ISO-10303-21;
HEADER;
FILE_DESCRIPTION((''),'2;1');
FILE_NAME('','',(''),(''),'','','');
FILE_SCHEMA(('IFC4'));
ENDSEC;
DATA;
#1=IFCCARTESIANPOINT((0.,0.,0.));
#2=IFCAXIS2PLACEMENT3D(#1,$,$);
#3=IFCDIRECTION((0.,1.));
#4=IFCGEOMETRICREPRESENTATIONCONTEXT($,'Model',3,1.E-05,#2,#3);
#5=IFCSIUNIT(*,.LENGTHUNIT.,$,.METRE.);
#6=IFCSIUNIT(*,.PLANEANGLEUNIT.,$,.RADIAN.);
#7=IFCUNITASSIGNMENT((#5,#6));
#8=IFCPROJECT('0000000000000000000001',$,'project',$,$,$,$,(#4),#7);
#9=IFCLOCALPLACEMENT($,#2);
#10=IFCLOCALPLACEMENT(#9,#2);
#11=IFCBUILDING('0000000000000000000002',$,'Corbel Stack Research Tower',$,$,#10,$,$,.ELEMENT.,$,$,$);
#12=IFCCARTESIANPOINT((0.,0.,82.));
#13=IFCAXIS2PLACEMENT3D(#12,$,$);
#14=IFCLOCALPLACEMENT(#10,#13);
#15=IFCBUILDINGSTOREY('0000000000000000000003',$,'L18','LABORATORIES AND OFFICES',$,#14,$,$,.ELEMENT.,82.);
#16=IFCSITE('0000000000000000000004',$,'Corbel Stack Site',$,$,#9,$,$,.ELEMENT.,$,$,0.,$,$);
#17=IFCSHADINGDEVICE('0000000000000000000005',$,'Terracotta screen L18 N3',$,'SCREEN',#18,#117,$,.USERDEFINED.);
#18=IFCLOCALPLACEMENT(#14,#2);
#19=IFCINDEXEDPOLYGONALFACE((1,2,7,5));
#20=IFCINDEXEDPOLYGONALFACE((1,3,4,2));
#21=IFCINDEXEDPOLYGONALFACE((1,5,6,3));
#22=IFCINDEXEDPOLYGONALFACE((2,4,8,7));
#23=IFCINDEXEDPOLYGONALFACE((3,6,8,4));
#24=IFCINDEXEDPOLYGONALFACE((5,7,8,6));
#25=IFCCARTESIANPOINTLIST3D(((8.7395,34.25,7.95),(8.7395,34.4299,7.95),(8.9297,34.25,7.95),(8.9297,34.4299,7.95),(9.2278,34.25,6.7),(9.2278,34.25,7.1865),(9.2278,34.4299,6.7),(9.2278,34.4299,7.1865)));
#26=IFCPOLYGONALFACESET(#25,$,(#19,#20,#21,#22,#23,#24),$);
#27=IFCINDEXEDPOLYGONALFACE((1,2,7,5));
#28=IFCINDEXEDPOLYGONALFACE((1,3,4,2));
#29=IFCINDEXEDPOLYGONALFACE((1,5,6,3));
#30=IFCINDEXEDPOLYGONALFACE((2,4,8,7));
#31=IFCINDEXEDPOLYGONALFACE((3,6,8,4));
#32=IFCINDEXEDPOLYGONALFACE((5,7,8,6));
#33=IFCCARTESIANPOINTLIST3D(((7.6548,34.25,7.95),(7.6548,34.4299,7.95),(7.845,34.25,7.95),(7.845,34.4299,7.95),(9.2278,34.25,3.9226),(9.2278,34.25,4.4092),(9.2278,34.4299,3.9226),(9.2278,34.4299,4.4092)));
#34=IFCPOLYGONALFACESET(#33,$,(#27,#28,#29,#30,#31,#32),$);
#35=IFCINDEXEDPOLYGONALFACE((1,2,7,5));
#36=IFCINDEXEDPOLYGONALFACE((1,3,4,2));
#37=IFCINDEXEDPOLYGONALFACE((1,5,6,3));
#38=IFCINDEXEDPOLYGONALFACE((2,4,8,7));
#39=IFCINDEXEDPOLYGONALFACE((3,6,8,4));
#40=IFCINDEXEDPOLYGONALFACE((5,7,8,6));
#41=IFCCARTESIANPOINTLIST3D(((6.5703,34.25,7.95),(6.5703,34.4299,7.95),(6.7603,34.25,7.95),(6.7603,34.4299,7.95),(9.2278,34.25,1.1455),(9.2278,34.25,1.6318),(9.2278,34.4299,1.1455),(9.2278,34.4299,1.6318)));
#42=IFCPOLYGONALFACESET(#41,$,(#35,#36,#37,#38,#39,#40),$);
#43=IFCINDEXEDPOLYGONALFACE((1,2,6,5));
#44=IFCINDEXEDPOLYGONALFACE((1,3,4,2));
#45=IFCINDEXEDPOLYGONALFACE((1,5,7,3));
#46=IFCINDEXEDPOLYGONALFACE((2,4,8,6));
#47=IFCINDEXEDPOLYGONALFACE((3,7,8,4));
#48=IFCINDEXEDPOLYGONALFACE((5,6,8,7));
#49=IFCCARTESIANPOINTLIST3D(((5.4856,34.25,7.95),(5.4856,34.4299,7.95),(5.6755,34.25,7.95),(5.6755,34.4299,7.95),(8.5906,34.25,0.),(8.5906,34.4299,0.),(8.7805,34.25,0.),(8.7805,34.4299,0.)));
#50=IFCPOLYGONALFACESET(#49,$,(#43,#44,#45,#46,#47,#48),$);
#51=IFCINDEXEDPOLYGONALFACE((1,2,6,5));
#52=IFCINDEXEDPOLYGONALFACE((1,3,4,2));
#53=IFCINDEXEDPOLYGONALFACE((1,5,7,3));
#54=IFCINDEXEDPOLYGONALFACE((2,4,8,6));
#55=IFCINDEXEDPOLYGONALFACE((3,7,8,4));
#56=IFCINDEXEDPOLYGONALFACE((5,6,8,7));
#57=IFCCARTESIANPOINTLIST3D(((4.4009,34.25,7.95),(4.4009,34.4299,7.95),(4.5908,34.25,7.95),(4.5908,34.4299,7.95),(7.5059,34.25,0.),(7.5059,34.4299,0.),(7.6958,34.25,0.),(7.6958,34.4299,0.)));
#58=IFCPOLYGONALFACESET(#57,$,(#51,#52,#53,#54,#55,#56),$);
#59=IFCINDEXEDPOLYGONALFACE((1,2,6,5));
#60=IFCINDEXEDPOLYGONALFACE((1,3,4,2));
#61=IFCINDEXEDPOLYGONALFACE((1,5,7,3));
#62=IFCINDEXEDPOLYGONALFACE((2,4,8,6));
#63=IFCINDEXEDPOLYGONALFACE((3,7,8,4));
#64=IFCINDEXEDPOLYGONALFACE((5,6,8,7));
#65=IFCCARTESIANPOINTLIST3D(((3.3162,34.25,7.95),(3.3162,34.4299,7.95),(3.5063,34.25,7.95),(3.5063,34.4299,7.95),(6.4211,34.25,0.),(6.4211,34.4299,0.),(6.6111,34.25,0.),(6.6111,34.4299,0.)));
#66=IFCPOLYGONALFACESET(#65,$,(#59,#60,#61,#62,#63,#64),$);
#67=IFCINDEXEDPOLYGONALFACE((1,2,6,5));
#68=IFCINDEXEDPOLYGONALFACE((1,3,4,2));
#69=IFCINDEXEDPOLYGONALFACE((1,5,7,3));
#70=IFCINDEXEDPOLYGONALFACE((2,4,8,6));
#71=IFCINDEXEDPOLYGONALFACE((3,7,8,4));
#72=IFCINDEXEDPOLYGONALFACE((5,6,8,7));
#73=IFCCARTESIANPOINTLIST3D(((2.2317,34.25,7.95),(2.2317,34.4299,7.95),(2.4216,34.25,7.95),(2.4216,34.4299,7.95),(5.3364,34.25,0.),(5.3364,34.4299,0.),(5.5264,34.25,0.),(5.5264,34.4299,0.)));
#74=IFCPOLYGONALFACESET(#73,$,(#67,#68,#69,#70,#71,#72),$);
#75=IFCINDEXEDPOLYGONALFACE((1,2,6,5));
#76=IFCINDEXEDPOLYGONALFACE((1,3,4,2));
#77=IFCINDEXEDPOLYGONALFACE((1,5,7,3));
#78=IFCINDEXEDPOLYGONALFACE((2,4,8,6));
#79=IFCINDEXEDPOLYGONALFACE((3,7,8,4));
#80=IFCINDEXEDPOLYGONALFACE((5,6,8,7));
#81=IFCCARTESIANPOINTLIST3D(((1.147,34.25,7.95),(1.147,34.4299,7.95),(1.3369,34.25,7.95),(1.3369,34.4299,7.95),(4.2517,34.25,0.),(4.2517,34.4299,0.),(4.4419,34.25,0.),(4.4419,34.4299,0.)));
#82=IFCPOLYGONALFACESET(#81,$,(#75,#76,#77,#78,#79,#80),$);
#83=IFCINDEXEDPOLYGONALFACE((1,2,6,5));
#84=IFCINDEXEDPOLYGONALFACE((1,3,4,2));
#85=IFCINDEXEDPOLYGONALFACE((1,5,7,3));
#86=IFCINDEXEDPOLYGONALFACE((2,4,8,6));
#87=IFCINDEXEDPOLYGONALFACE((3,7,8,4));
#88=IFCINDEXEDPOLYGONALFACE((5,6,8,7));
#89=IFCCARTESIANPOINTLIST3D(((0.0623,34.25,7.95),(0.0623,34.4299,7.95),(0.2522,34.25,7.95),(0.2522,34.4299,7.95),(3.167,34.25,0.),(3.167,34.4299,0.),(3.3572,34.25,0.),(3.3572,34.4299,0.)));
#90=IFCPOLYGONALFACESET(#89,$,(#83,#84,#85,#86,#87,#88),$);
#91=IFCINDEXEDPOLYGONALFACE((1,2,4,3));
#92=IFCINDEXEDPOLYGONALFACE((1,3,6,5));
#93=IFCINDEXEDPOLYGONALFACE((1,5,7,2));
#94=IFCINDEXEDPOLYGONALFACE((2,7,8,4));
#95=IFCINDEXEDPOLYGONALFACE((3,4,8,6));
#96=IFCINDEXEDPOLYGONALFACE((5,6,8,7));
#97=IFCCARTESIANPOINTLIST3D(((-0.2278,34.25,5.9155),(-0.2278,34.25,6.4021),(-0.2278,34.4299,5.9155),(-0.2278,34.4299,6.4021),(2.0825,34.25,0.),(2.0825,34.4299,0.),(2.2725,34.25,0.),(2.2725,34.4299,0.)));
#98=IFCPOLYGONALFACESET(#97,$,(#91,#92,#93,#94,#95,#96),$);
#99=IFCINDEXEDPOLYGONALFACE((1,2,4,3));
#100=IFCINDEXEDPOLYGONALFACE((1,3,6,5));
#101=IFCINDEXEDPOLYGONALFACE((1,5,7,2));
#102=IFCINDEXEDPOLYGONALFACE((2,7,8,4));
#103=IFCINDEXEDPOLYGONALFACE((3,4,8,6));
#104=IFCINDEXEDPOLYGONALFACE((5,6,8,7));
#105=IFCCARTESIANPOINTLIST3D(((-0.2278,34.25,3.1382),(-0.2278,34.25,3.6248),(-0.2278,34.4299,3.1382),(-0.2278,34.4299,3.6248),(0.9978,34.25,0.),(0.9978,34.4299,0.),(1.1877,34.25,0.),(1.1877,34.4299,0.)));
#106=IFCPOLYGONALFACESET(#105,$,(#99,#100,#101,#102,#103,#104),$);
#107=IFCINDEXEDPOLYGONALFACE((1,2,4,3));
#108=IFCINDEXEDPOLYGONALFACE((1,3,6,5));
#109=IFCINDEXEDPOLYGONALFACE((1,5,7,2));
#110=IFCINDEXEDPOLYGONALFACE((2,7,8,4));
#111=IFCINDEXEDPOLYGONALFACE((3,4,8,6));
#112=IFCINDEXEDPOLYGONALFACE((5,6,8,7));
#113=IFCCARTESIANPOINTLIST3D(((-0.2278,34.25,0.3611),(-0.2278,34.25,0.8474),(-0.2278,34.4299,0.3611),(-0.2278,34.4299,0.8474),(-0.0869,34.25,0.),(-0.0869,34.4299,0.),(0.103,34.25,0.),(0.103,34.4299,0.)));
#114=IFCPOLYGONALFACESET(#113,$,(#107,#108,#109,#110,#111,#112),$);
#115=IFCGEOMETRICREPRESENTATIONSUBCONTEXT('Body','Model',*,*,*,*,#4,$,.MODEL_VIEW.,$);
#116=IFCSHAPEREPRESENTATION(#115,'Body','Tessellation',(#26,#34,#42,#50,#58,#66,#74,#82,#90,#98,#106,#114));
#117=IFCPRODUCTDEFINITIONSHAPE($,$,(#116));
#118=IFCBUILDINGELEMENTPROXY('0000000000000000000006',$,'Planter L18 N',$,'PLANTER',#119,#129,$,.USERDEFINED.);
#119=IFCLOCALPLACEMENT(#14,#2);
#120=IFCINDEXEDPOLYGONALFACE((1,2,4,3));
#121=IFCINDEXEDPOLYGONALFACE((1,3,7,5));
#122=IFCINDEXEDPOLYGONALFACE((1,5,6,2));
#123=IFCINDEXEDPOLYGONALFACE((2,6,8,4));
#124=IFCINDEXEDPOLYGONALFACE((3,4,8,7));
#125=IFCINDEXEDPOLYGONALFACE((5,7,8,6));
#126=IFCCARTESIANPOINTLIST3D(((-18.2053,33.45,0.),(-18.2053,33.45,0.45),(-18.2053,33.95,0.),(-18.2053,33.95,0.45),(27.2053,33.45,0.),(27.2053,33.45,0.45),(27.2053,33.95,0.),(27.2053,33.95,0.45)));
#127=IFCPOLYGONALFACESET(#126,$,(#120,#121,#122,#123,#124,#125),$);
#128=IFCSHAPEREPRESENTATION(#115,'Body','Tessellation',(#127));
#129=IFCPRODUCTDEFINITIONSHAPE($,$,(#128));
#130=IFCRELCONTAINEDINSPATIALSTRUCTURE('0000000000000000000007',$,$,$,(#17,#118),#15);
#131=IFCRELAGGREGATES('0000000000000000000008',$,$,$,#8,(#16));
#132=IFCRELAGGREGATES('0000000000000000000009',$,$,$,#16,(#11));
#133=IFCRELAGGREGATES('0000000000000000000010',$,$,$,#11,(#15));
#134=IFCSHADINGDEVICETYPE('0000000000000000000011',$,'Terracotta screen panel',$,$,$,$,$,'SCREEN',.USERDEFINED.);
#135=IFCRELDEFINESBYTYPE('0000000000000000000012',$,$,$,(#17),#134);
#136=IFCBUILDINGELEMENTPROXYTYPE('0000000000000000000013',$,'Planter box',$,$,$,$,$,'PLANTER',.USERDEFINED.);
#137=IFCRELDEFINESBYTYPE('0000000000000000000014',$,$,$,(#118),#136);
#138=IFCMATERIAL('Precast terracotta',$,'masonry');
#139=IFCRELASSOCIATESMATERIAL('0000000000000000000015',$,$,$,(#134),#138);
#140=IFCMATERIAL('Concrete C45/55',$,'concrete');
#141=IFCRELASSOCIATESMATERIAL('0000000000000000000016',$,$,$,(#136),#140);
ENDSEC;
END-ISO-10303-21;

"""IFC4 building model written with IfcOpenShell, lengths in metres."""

from ifc_helpers import new_model, si_unit, direction, frame, origin, origin_2d, place, context, subcontext, project, spatial, polyline, rectangle, outline, extrude, source, transform, mapped, material, type_object, element, save


model = new_model("IFC4")

# Units and contexts
model_context = context("Model", 3, precision=1e-05, world=origin(), true_north=direction((0.0, 1.0)))
body_context = subcontext(model_context, "Body", "Model", "MODEL_VIEW")
ifc_project = project(units=[si_unit("LENGTHUNIT", "METRE"), si_unit("PLANEANGLEUNIT", "RADIAN")], contexts=[model_context])

# Site, building, storey
site_placement = place(None, origin())
site = spatial("IfcSite", under=ifc_project, at=site_placement, Name="Corbel Stack Site", CompositionType="ELEMENT", RefElevation=0.0)
building_placement = place(site_placement, origin())
building = spatial("IfcBuilding", under=site, at=building_placement, Name="Corbel Stack Research Tower", CompositionType="ELEMENT")
storey_placement = place(building_placement, frame((0.0, 0.0, 82.0)))
storey = spatial("IfcBuildingStorey", under=building, at=storey_placement, Name="L18", Description="LABORATORIES AND OFFICES", CompositionType="ELEMENT", Elevation=82.0)

# Shading device
ifc_material_1 = material(Name="Precast terracotta", Category="masonry")
shading_device_type = type_object("IfcShadingDeviceType", Name="Terracotta screen panel", ElementType="SCREEN", PredefinedType="USERDEFINED", material=ifc_material_1)
shared_shape = source(origin(), body_context, "Body", "SweptSolid", [
    extrude(outline(polyline([(0.4883, 7.95), (0.2981, 7.95), (0.0, 7.1865), (0.0, 6.7), (0.4883, 7.95)])), frame((0.0, 0.0, 0.0), z_axis=(0.0, -1.0, 0.0), x_axis=(1.0, 0.0, 0.0)), (0.0, 0.0, 1.0), 0.1799),
    extrude(outline(polyline([(1.573, 7.95), (1.3828, 7.95), (0.0, 4.4092), (0.0, 3.9226), (1.573, 7.95)])), frame((0.0, 0.0, 0.0), z_axis=(0.0, -1.0, 0.0), x_axis=(1.0, 0.0, 0.0)), (0.0, 0.0, 1.0), 0.1799),
    extrude(outline(polyline([(2.6575, 7.95), (2.4675, 7.95), (0.0, 1.6318), (0.0, 1.1455), (2.6575, 7.95)])), frame((0.0, 0.0, 0.0), z_axis=(0.0, -1.0, 0.0), x_axis=(1.0, 0.0, 0.0)), (0.0, 0.0, 1.0), 0.1799),
    extrude(outline(polyline([(0.6372, 0.0), (3.7422, 7.95), (3.5522, 7.95), (0.4473, 0.0), (0.6372, 0.0)])), frame((0.0, 0.0, 0.0), z_axis=(0.0, -1.0, 0.0), x_axis=(1.0, 0.0, 0.0)), (0.0, 0.0, 1.0), 0.1799),
    extrude(outline(polyline([(1.7219, 0.0), (4.8269, 7.95), (4.637, 7.95), (1.532, 0.0), (1.7219, 0.0)])), frame((0.0, 0.0, 0.0), z_axis=(0.0, -1.0, 0.0), x_axis=(1.0, 0.0, 0.0)), (0.0, 0.0, 1.0), 0.1799),
    extrude(outline(polyline([(2.8066, 0.0), (5.9116, 7.95), (5.7214, 7.95), (2.6167, 0.0), (2.8066, 0.0)])), frame((0.0, 0.0, 0.0), z_axis=(0.0, -1.0, 0.0), x_axis=(1.0, 0.0, 0.0)), (0.0, 0.0, 1.0), 0.1799),
    extrude(outline(polyline([(3.8914, 0.0), (6.9961, 7.95), (6.8062, 7.95), (3.7014, 0.0), (3.8914, 0.0)])), frame((0.0, 0.0, 0.0), z_axis=(0.0, -1.0, 0.0), x_axis=(1.0, 0.0, 0.0)), (0.0, 0.0, 1.0), 0.1799),
    extrude(outline(polyline([(4.9761, 0.0), (8.0808, 7.95), (7.8909, 7.95), (4.7859, 0.0), (4.9761, 0.0)])), frame((0.0, 0.0, 0.0), z_axis=(0.0, -1.0, 0.0), x_axis=(1.0, 0.0, 0.0)), (0.0, 0.0, 1.0), 0.1799),
    extrude(outline(polyline([(6.0608, 0.0), (9.1655, 7.95), (8.9756, 7.95), (5.8706, 0.0), (6.0608, 0.0)])), frame((0.0, 0.0, 0.0), z_axis=(0.0, -1.0, 0.0), x_axis=(1.0, 0.0, 0.0)), (0.0, 0.0, 1.0), 0.1799),
    extrude(outline(polyline([(7.1453, 0.0), (9.4556, 5.9155), (9.4556, 6.4021), (6.9553, 0.0), (7.1453, 0.0)])), frame((0.0, 0.0, 0.0), z_axis=(0.0, -1.0, 0.0), x_axis=(1.0, 0.0, 0.0)), (0.0, 0.0, 1.0), 0.1799),
    extrude(outline(polyline([(8.23, 0.0), (9.4556, 3.1382), (9.4556, 3.6248), (8.04, 0.0), (8.23, 0.0)])), frame((0.0, 0.0, 0.0), z_axis=(0.0, -1.0, 0.0), x_axis=(1.0, 0.0, 0.0)), (0.0, 0.0, 1.0), 0.1799),
    extrude(outline(polyline([(9.3147, 0.0), (9.4556, 0.3611), (9.4556, 0.8474), (9.1248, 0.0), (9.3147, 0.0)])), frame((0.0, 0.0, 0.0), z_axis=(0.0, -1.0, 0.0), x_axis=(1.0, 0.0, 0.0)), (0.0, 0.0, 1.0), 0.1799),
])
shading_device_placement = place(storey_placement, frame((9.2278, 34.25, 0.0), z_axis=(0.0, 0.0, 1.0), x_axis=(-1.0, 0.0, 0.0)))
element("IfcShadingDevice", 1, at=shading_device_placement, inside=storey, type_object=shading_device_type, Name="Terracotta screen L18 N3", ObjectType="SCREEN", PredefinedType="USERDEFINED", context=body_context, shape_type="MappedRepresentation", body=[
    mapped(shared_shape, transform((0.0, 0.0, 0.0))),
])

# Building element proxy
ifc_material_2 = material(Name="Concrete C45/55", Category="concrete")
building_element_proxy_type = type_object("IfcBuildingElementProxyType", Name="Planter box", ElementType="PLANTER", PredefinedType="USERDEFINED", material=ifc_material_2)
proxy_placement = place(storey_placement, frame((4.5, 33.7, 0.0), z_axis=(0.0, 0.0, 1.0), x_axis=(-1.0, 0.0, 0.0)))
element("IfcBuildingElementProxy", 2, at=proxy_placement, inside=storey, type_object=building_element_proxy_type, Name="Planter L18 N", ObjectType="PLANTER", PredefinedType="USERDEFINED", context=body_context, shape_type="SweptSolid", body=[
    extrude(rectangle(XDim=45.4106, YDim=0.5, at=origin_2d()), origin(), (0.0, 0.0, 1.0), 0.45),
])

save(model, "model.ifc")
